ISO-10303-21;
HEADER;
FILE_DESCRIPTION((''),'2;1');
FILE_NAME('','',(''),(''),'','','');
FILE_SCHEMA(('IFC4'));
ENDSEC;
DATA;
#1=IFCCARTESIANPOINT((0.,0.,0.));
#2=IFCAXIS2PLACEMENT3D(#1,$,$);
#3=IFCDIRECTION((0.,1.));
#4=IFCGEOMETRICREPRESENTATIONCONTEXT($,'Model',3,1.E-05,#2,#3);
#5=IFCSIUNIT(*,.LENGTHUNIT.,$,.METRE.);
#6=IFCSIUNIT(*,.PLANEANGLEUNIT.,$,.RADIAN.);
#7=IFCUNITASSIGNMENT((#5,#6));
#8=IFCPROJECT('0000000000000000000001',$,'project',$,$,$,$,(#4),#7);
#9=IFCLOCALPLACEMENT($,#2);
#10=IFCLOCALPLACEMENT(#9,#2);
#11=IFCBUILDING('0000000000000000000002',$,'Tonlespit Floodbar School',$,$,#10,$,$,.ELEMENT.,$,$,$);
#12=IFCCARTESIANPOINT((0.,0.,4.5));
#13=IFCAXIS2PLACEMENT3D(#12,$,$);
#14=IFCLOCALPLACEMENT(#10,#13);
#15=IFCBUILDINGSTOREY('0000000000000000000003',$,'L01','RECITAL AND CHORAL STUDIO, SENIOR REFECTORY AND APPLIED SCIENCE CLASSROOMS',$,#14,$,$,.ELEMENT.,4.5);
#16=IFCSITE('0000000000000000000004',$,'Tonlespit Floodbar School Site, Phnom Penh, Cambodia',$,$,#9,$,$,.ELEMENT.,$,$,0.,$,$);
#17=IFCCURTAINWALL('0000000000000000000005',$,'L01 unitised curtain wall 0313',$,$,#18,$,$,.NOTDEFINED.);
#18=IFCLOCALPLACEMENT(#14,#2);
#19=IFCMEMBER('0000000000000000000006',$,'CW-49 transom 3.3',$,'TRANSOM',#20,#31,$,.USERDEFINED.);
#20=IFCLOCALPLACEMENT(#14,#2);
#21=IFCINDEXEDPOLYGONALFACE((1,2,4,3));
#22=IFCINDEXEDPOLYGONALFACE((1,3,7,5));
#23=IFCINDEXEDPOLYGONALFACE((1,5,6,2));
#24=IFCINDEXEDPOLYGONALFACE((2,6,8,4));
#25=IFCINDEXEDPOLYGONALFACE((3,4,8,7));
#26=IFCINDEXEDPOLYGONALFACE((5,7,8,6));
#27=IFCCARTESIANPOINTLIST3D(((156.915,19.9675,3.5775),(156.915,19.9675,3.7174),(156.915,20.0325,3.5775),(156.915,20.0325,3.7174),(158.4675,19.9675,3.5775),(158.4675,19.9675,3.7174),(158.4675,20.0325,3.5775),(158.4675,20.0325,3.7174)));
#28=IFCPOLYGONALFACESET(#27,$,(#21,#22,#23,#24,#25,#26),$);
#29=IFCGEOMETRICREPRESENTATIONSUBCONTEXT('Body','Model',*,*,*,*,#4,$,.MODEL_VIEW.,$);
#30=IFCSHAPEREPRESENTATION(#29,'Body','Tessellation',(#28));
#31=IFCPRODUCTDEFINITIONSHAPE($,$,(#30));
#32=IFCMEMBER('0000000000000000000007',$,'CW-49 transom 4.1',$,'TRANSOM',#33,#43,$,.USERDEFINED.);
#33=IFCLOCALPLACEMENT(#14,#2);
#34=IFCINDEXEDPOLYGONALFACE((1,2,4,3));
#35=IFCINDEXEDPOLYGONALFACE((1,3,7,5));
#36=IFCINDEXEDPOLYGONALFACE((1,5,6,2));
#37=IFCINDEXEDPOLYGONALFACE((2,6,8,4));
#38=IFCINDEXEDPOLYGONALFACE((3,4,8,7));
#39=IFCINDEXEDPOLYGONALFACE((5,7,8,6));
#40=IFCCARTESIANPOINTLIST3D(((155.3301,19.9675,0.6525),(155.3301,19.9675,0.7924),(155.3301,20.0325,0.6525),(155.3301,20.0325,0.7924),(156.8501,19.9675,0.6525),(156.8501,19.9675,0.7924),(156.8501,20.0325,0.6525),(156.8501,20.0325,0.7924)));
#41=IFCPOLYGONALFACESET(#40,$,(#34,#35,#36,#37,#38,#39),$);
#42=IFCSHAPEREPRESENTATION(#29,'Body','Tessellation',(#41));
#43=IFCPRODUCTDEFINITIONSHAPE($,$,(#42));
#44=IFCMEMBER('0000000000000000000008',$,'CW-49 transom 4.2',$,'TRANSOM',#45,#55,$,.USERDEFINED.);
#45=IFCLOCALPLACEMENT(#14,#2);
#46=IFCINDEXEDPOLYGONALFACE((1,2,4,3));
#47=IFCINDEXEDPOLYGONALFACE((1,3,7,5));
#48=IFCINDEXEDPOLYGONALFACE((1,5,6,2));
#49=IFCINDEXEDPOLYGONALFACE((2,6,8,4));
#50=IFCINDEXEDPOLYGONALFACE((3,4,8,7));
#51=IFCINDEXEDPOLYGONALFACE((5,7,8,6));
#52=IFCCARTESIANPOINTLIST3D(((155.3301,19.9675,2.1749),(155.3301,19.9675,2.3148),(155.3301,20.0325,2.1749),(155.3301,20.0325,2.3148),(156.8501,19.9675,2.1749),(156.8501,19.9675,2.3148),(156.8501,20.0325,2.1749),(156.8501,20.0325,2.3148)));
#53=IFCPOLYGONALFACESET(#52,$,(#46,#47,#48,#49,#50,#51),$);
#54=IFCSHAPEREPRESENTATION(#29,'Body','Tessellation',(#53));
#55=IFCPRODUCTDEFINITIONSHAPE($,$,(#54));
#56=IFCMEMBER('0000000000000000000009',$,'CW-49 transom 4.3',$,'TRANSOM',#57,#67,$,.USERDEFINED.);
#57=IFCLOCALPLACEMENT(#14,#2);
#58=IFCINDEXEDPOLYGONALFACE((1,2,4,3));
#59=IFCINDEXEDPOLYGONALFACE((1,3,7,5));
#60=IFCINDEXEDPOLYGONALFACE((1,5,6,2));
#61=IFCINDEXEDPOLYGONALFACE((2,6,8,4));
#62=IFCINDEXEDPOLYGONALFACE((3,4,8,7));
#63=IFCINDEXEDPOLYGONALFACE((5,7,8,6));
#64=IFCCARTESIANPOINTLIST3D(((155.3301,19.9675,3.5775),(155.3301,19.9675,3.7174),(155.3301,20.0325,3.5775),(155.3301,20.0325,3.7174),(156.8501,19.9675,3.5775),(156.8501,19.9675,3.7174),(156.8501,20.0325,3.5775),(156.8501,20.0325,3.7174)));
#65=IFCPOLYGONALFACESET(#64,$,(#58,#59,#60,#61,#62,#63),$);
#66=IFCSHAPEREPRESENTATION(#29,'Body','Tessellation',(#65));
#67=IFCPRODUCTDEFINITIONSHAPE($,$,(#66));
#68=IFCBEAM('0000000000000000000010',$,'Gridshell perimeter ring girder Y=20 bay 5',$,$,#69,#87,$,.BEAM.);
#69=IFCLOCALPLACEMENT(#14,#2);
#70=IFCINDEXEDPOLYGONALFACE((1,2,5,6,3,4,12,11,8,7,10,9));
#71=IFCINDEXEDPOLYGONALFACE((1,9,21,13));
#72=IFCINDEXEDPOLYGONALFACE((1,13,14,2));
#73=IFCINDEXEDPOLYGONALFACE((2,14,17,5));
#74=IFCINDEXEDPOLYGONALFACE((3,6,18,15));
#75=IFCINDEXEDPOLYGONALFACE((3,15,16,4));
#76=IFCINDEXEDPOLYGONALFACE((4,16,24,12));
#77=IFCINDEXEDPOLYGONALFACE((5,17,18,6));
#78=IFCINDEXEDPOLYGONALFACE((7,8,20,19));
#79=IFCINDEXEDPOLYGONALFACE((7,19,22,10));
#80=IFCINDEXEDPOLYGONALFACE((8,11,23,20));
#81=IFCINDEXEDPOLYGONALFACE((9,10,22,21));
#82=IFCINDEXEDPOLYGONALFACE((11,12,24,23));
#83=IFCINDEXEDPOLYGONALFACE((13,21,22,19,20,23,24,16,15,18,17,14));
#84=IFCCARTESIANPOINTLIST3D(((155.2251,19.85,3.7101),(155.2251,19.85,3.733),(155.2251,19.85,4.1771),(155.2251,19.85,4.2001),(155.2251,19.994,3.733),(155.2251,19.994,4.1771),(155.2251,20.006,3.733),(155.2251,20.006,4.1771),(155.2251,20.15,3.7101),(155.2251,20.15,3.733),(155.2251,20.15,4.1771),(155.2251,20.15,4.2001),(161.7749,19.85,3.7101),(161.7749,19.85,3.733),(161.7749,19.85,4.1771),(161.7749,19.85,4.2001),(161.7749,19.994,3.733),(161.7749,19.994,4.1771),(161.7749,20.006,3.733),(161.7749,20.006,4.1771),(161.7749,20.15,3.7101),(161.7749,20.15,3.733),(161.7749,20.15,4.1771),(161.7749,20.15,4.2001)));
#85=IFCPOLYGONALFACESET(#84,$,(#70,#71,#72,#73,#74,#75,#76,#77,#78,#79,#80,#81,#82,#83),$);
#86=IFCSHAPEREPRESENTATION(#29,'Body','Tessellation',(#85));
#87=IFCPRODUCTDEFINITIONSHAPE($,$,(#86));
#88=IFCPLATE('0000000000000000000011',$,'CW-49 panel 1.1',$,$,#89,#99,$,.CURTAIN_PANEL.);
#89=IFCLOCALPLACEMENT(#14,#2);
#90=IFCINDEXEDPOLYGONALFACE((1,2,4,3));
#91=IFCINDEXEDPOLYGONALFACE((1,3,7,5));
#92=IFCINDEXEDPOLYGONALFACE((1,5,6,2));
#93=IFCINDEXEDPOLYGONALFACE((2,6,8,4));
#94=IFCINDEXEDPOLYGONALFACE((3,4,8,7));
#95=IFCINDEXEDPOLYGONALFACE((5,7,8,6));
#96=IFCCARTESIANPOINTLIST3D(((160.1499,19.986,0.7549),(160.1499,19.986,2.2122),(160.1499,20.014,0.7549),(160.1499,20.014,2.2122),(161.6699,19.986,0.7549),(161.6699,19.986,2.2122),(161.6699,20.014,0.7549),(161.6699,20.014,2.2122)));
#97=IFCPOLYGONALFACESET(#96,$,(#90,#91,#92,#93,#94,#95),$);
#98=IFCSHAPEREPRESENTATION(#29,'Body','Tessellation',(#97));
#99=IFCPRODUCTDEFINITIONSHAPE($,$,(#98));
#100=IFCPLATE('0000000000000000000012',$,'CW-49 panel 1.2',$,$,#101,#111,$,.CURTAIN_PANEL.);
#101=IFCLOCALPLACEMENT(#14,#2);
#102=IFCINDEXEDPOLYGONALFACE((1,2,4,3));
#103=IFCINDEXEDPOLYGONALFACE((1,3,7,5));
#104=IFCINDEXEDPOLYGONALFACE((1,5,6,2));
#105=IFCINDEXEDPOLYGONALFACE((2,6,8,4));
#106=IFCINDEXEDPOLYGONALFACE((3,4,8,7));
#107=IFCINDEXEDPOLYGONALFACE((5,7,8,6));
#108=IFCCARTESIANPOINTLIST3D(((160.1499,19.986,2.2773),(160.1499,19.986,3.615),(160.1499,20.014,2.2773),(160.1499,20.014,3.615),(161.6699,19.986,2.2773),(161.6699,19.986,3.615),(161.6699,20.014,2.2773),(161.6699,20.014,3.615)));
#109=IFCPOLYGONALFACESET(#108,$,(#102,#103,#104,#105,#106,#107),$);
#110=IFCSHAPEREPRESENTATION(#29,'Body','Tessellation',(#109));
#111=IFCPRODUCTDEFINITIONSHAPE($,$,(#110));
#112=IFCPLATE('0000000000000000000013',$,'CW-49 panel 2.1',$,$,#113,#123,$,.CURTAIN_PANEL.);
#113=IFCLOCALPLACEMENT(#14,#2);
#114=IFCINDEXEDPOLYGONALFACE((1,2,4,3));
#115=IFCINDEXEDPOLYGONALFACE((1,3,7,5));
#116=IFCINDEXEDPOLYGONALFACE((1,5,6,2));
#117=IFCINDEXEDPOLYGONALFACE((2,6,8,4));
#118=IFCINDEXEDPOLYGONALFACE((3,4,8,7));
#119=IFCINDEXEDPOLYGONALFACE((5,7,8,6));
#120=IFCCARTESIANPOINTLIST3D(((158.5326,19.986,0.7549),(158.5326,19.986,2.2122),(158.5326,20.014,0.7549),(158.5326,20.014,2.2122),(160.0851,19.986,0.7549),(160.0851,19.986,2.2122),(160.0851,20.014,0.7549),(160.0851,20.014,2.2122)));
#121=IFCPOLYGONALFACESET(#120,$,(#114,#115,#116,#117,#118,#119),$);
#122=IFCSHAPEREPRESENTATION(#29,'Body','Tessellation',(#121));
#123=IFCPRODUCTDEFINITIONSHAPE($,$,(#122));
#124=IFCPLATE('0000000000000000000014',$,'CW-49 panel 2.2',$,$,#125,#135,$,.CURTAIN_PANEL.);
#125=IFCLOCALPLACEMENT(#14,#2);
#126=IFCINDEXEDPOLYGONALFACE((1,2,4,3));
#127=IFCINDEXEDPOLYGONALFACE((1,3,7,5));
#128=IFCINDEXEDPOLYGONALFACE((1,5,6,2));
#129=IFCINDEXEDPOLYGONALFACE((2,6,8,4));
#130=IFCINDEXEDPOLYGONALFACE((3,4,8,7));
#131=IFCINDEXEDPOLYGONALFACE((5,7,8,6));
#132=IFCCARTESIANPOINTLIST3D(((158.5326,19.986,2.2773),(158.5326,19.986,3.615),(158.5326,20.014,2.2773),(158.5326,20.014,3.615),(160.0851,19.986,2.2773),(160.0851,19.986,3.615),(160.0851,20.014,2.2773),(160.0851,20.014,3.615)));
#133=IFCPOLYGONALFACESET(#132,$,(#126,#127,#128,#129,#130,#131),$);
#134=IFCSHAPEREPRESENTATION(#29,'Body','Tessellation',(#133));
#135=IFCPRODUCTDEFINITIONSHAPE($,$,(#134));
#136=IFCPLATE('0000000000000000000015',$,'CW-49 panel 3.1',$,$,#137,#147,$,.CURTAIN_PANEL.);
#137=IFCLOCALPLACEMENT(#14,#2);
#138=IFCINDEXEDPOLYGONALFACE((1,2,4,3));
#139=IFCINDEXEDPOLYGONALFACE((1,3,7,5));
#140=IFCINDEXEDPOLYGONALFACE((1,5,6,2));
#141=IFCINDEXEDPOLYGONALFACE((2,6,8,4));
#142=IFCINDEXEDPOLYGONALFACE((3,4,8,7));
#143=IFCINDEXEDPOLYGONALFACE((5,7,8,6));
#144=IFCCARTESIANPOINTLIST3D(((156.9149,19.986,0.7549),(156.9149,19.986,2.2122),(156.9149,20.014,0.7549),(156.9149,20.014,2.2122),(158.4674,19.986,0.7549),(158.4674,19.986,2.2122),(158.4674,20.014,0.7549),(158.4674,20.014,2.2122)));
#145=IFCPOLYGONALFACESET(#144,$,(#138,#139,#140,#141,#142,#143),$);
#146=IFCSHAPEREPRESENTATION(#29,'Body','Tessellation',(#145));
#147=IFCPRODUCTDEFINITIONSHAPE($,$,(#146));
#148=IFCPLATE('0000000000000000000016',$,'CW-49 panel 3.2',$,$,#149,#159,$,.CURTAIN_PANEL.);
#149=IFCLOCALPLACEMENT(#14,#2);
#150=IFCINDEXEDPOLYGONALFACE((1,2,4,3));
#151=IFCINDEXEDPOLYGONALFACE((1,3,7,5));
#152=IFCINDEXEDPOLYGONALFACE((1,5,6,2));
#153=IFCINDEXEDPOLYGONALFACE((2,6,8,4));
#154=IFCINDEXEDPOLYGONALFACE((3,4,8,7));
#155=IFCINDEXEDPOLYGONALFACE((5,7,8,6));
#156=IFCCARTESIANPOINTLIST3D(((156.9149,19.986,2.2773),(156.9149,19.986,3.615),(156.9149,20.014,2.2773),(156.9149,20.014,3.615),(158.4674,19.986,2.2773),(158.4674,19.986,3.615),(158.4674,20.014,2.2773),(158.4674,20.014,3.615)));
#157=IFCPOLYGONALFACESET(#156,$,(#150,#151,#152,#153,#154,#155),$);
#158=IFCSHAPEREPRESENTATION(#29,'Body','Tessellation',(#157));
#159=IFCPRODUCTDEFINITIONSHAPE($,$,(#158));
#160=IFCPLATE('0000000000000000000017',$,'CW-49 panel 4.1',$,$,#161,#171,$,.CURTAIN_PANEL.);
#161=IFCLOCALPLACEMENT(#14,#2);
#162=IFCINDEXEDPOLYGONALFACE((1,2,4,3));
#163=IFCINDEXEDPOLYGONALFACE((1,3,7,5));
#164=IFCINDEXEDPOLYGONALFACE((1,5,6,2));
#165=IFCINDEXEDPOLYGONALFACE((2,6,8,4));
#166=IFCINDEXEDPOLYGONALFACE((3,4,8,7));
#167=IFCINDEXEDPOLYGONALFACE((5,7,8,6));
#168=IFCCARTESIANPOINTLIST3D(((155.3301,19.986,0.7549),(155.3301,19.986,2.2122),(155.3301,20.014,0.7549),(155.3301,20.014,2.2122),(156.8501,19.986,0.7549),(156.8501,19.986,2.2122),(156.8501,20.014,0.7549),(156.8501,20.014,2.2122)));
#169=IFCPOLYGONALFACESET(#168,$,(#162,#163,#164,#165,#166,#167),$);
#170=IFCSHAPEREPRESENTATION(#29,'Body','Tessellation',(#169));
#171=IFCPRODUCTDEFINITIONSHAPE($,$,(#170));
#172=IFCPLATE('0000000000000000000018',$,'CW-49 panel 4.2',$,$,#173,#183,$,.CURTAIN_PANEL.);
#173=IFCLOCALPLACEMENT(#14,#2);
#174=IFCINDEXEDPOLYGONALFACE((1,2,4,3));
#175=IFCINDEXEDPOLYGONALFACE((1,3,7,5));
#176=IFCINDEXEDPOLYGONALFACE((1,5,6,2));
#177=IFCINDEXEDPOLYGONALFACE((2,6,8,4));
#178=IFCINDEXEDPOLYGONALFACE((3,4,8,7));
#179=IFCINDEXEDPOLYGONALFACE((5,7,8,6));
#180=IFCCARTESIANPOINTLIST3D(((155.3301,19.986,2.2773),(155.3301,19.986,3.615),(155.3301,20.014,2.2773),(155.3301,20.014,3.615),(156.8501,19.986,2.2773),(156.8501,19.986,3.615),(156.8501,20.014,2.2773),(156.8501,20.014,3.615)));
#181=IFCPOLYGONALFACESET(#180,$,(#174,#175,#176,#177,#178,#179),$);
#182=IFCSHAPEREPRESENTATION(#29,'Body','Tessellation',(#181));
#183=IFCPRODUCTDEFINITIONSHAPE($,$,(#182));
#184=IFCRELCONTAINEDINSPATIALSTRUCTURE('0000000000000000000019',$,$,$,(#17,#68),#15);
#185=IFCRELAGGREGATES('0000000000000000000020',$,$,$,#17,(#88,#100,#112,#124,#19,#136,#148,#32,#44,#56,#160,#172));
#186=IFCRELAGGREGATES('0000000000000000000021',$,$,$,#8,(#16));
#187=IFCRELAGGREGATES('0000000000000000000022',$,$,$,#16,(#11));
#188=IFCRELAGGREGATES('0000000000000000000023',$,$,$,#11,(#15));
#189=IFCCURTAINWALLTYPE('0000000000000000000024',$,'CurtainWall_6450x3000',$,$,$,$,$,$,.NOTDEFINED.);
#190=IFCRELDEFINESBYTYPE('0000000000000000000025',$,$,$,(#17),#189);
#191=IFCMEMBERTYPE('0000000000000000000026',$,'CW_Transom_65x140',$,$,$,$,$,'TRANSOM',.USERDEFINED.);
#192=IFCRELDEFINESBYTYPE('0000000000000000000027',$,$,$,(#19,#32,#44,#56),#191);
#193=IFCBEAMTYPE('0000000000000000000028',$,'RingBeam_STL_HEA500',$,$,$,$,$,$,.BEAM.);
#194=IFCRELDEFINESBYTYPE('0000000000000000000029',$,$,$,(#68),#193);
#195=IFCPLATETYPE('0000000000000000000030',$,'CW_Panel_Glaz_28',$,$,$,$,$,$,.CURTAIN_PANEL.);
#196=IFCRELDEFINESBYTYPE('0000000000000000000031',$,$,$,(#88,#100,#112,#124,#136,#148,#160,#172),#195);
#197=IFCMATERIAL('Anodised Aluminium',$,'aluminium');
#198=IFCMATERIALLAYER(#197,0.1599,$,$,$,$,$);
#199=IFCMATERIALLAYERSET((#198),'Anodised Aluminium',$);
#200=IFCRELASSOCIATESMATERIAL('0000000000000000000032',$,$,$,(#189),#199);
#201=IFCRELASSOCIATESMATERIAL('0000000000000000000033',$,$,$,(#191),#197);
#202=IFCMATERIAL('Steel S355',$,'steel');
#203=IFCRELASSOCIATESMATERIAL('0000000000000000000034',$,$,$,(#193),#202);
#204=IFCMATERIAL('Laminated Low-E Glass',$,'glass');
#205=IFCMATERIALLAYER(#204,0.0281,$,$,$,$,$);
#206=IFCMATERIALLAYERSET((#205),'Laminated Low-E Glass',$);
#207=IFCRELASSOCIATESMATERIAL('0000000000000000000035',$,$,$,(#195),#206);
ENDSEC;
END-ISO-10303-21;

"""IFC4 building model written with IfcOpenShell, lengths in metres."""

from ifc_helpers import new_model, si_unit, direction, frame, origin, origin_2d, place, context, subcontext, project, spatial, rectangle, i_section, extrude, material, layer, layer_set, material_profile, profile_set, type_object, element, aggregate, save


model = new_model("IFC4")

# Units and contexts
model_context = context("Model", 3, precision=1e-05, world=origin(), true_north=direction((0.0, 1.0)))
body_context = subcontext(model_context, "Body", "Model", "MODEL_VIEW")
ifc_project = project(units=[si_unit("LENGTHUNIT", "METRE"), si_unit("PLANEANGLEUNIT", "RADIAN")], contexts=[model_context])

# Site, building, storey
site_placement = place(None, origin())
site = spatial("IfcSite", under=ifc_project, at=site_placement, Name="Tonlespit Floodbar School Site, Phnom Penh, Cambodia", CompositionType="ELEMENT", RefElevation=0.0)
building_placement = place(site_placement, origin())
building = spatial("IfcBuilding", under=site, at=building_placement, Name="Tonlespit Floodbar School", CompositionType="ELEMENT")
storey_placement = place(building_placement, frame((0.0, 0.0, 4.5)))
storey = spatial("IfcBuildingStorey", under=building, at=storey_placement, Name="L01", Description="RECITAL AND CHORAL STUDIO, SENIOR REFECTORY AND APPLIED SCIENCE CLASSROOMS", CompositionType="ELEMENT", Elevation=4.5)

# Curtain wall, members
ifc_material_1 = material(Name="Anodised Aluminium", Category="aluminium")
ifc_layer_1 = layer(ifc_material_1, 0.1599)
ifc_layer_set_1 = layer_set([ifc_layer_1], Name="Anodised Aluminium")
curtain_wall_type = type_object("IfcCurtainWallType", Name="CurtainWall_6450x3000", PredefinedType="NOTDEFINED", material=ifc_layer_set_1)
curtain_wall_placement = place(storey_placement, origin())
curtain_wall = element("IfcCurtainWall", 1, at=curtain_wall_placement, inside=storey, type_object=curtain_wall_type, Name="L01 unitised curtain wall 0313", PredefinedType="NOTDEFINED")
ifc_material_profile_1 = material_profile(ifc_material_1, rectangle(XDim=0.0649, YDim=0.1399, at=origin_2d()), Name="ALU T65x140")
ifc_profile_set_1 = profile_set([ifc_material_profile_1], Name="Anodised Aluminium")
member_type_1 = type_object("IfcMemberType", Name="CW_Transom_65x140", ElementType="TRANSOM", PredefinedType="USERDEFINED", material=ifc_profile_set_1)
member_1_placement = place(storey_placement, frame((158.4675, 20.0, 3.6475), z_axis=(-1.0, 0.0, 0.0), x_axis=(0.0, -1.0, 0.0)))
member_1 = element("IfcMember", 2, at=member_1_placement, type_object=member_type_1, Name="CW-49 transom 3.3", ObjectType="TRANSOM", PredefinedType="USERDEFINED", context=body_context, shape_type="SweptSolid", body=[
    extrude(rectangle(XDim=0.0649, YDim=0.1399, at=origin_2d()), origin(), (0.0, 0.0, 1.0), 1.5525),
])
member_2_placement = place(storey_placement, frame((156.8501, 20.0, 0.7224), z_axis=(-1.0, 0.0, 0.0), x_axis=(0.0, -1.0, 0.0)))
member_2 = element("IfcMember", 3, at=member_2_placement, type_object=member_type_1, Name="CW-49 transom 4.1", ObjectType="TRANSOM", PredefinedType="USERDEFINED", context=body_context, shape_type="SweptSolid", body=[
    extrude(rectangle(XDim=0.0649, YDim=0.1399, at=origin_2d()), origin(), (0.0, 0.0, 1.0), 1.52),
])
member_3_placement = place(storey_placement, frame((156.8501, 20.0, 2.2449), z_axis=(-1.0, 0.0, 0.0), x_axis=(0.0, -1.0, 0.0)))
member_3 = element("IfcMember", 4, at=member_3_placement, type_object=member_type_1, Name="CW-49 transom 4.2", ObjectType="TRANSOM", PredefinedType="USERDEFINED", context=body_context, shape_type="SweptSolid", body=[
    extrude(rectangle(XDim=0.0649, YDim=0.1399, at=origin_2d()), origin(), (0.0, 0.0, 1.0), 1.52),
])
member_4_placement = place(storey_placement, frame((156.8501, 20.0, 3.6475), z_axis=(-1.0, 0.0, 0.0), x_axis=(0.0, -1.0, 0.0)))
member_4 = element("IfcMember", 5, at=member_4_placement, type_object=member_type_1, Name="CW-49 transom 4.3", ObjectType="TRANSOM", PredefinedType="USERDEFINED", context=body_context, shape_type="SweptSolid", body=[
    extrude(rectangle(XDim=0.0649, YDim=0.1399, at=origin_2d()), origin(), (0.0, 0.0, 1.0), 1.52),
])

# Beam
ifc_material_2 = material(Name="Steel S355", Category="steel")
ifc_material_profile_2 = material_profile(ifc_material_2, i_section(OverallWidth=0.3, OverallDepth=0.49, WebThickness=0.012, FlangeThickness=0.0229, at=origin_2d()), Name="HEA 500")
ifc_profile_set_2 = profile_set([ifc_material_profile_2], Name="Steel S355")
beam_type = type_object("IfcBeamType", Name="RingBeam_STL_HEA500", PredefinedType="BEAM", material=ifc_profile_set_2)
beam_placement = place(storey_placement, frame((155.2251, 20.0, 3.9551), z_axis=(1.0, 0.0, 0.0), x_axis=(0.0, 1.0, 0.0)))
element("IfcBeam", 6, at=beam_placement, inside=storey, type_object=beam_type, Name="Gridshell perimeter ring girder Y=20 bay 5", PredefinedType="BEAM", context=body_context, shape_type="SweptSolid", body=[
    extrude(i_section(OverallWidth=0.3, OverallDepth=0.49, WebThickness=0.012, FlangeThickness=0.0229, at=origin_2d()), origin(), (0.0, 0.0, 1.0), 6.5498),
])

# Plates
ifc_material_3 = material(Name="Laminated Low-E Glass", Category="glass")
ifc_layer_2 = layer(ifc_material_3, 0.0281)
ifc_layer_set_2 = layer_set([ifc_layer_2], Name="Laminated Low-E Glass")
plate_type = type_object("IfcPlateType", Name="CW_Panel_Glaz_28", PredefinedType="CURTAIN_PANEL", material=ifc_layer_set_2)
plate_1_placement = place(storey_placement, frame((160.9099, 20.0, 0.7549), z_axis=(0.0, 0.0, 1.0), x_axis=(-1.0, 0.0, 0.0)))
plate_1 = element("IfcPlate", 7, at=plate_1_placement, type_object=plate_type, Name="CW-49 panel 1.1", PredefinedType="CURTAIN_PANEL", context=body_context, shape_type="SweptSolid", body=[
    extrude(rectangle(XDim=1.52, YDim=0.0281, at=origin_2d()), origin(), (0.0, 0.0, 1.0), 1.4573),
])
plate_2_placement = place(storey_placement, frame((160.9099, 20.0, 2.2773), z_axis=(0.0, 0.0, 1.0), x_axis=(-1.0, 0.0, 0.0)))
plate_2 = element("IfcPlate", 8, at=plate_2_placement, type_object=plate_type, Name="CW-49 panel 1.2", PredefinedType="CURTAIN_PANEL", context=body_context, shape_type="SweptSolid", body=[
    extrude(rectangle(XDim=1.52, YDim=0.0281, at=origin_2d()), origin(), (0.0, 0.0, 1.0), 1.3376),
])
plate_3_placement = place(storey_placement, frame((159.3088, 20.0, 0.7549), z_axis=(0.0, 0.0, 1.0), x_axis=(-1.0, 0.0, 0.0)))
plate_3 = element("IfcPlate", 9, at=plate_3_placement, type_object=plate_type, Name="CW-49 panel 2.1", PredefinedType="CURTAIN_PANEL", context=body_context, shape_type="SweptSolid", body=[
    extrude(rectangle(XDim=1.5525, YDim=0.0281, at=origin_2d()), origin(), (0.0, 0.0, 1.0), 1.4573),
])
plate_4_placement = place(storey_placement, frame((159.3088, 20.0, 2.2773), z_axis=(0.0, 0.0, 1.0), x_axis=(-1.0, 0.0, 0.0)))
plate_4 = element("IfcPlate", 10, at=plate_4_placement, type_object=plate_type, Name="CW-49 panel 2.2", PredefinedType="CURTAIN_PANEL", context=body_context, shape_type="SweptSolid", body=[
    extrude(rectangle(XDim=1.5525, YDim=0.0281, at=origin_2d()), origin(), (0.0, 0.0, 1.0), 1.3376),
])
plate_5_placement = place(storey_placement, frame((157.6912, 20.0, 0.7549), z_axis=(0.0, 0.0, 1.0), x_axis=(-1.0, 0.0, 0.0)))
plate_5 = element("IfcPlate", 11, at=plate_5_placement, type_object=plate_type, Name="CW-49 panel 3.1", PredefinedType="CURTAIN_PANEL", context=body_context, shape_type="SweptSolid", body=[
    extrude(rectangle(XDim=1.5525, YDim=0.0281, at=origin_2d()), origin(), (0.0, 0.0, 1.0), 1.4573),
])
plate_6_placement = place(storey_placement, frame((157.6912, 20.0, 2.2773), z_axis=(0.0, 0.0, 1.0), x_axis=(-1.0, 0.0, 0.0)))
plate_6 = element("IfcPlate", 12, at=plate_6_placement, type_object=plate_type, Name="CW-49 panel 3.2", PredefinedType="CURTAIN_PANEL", context=body_context, shape_type="SweptSolid", body=[
    extrude(rectangle(XDim=1.5525, YDim=0.0281, at=origin_2d()), origin(), (0.0, 0.0, 1.0), 1.3376),
])
plate_7_placement = place(storey_placement, frame((156.0901, 20.0, 0.7549), z_axis=(0.0, 0.0, 1.0), x_axis=(-1.0, 0.0, 0.0)))
plate_7 = element("IfcPlate", 13, at=plate_7_placement, type_object=plate_type, Name="CW-49 panel 4.1", PredefinedType="CURTAIN_PANEL", context=body_context, shape_type="SweptSolid", body=[
    extrude(rectangle(XDim=1.52, YDim=0.0281, at=origin_2d()), origin(), (0.0, 0.0, 1.0), 1.4573),
])
plate_8_placement = place(storey_placement, frame((156.0901, 20.0, 2.2773), z_axis=(0.0, 0.0, 1.0), x_axis=(-1.0, 0.0, 0.0)))
plate_8 = element("IfcPlate", 14, at=plate_8_placement, type_object=plate_type, Name="CW-49 panel 4.2", PredefinedType="CURTAIN_PANEL", context=body_context, shape_type="SweptSolid", body=[
    extrude(rectangle(XDim=1.52, YDim=0.0281, at=origin_2d()), origin(), (0.0, 0.0, 1.0), 1.3376),
])
aggregate(curtain_wall, [plate_1, plate_2, plate_3, plate_4, member_1, plate_5, plate_6, member_2, member_3, member_4, plate_7, plate_8])

save(model, "model.ifc")
